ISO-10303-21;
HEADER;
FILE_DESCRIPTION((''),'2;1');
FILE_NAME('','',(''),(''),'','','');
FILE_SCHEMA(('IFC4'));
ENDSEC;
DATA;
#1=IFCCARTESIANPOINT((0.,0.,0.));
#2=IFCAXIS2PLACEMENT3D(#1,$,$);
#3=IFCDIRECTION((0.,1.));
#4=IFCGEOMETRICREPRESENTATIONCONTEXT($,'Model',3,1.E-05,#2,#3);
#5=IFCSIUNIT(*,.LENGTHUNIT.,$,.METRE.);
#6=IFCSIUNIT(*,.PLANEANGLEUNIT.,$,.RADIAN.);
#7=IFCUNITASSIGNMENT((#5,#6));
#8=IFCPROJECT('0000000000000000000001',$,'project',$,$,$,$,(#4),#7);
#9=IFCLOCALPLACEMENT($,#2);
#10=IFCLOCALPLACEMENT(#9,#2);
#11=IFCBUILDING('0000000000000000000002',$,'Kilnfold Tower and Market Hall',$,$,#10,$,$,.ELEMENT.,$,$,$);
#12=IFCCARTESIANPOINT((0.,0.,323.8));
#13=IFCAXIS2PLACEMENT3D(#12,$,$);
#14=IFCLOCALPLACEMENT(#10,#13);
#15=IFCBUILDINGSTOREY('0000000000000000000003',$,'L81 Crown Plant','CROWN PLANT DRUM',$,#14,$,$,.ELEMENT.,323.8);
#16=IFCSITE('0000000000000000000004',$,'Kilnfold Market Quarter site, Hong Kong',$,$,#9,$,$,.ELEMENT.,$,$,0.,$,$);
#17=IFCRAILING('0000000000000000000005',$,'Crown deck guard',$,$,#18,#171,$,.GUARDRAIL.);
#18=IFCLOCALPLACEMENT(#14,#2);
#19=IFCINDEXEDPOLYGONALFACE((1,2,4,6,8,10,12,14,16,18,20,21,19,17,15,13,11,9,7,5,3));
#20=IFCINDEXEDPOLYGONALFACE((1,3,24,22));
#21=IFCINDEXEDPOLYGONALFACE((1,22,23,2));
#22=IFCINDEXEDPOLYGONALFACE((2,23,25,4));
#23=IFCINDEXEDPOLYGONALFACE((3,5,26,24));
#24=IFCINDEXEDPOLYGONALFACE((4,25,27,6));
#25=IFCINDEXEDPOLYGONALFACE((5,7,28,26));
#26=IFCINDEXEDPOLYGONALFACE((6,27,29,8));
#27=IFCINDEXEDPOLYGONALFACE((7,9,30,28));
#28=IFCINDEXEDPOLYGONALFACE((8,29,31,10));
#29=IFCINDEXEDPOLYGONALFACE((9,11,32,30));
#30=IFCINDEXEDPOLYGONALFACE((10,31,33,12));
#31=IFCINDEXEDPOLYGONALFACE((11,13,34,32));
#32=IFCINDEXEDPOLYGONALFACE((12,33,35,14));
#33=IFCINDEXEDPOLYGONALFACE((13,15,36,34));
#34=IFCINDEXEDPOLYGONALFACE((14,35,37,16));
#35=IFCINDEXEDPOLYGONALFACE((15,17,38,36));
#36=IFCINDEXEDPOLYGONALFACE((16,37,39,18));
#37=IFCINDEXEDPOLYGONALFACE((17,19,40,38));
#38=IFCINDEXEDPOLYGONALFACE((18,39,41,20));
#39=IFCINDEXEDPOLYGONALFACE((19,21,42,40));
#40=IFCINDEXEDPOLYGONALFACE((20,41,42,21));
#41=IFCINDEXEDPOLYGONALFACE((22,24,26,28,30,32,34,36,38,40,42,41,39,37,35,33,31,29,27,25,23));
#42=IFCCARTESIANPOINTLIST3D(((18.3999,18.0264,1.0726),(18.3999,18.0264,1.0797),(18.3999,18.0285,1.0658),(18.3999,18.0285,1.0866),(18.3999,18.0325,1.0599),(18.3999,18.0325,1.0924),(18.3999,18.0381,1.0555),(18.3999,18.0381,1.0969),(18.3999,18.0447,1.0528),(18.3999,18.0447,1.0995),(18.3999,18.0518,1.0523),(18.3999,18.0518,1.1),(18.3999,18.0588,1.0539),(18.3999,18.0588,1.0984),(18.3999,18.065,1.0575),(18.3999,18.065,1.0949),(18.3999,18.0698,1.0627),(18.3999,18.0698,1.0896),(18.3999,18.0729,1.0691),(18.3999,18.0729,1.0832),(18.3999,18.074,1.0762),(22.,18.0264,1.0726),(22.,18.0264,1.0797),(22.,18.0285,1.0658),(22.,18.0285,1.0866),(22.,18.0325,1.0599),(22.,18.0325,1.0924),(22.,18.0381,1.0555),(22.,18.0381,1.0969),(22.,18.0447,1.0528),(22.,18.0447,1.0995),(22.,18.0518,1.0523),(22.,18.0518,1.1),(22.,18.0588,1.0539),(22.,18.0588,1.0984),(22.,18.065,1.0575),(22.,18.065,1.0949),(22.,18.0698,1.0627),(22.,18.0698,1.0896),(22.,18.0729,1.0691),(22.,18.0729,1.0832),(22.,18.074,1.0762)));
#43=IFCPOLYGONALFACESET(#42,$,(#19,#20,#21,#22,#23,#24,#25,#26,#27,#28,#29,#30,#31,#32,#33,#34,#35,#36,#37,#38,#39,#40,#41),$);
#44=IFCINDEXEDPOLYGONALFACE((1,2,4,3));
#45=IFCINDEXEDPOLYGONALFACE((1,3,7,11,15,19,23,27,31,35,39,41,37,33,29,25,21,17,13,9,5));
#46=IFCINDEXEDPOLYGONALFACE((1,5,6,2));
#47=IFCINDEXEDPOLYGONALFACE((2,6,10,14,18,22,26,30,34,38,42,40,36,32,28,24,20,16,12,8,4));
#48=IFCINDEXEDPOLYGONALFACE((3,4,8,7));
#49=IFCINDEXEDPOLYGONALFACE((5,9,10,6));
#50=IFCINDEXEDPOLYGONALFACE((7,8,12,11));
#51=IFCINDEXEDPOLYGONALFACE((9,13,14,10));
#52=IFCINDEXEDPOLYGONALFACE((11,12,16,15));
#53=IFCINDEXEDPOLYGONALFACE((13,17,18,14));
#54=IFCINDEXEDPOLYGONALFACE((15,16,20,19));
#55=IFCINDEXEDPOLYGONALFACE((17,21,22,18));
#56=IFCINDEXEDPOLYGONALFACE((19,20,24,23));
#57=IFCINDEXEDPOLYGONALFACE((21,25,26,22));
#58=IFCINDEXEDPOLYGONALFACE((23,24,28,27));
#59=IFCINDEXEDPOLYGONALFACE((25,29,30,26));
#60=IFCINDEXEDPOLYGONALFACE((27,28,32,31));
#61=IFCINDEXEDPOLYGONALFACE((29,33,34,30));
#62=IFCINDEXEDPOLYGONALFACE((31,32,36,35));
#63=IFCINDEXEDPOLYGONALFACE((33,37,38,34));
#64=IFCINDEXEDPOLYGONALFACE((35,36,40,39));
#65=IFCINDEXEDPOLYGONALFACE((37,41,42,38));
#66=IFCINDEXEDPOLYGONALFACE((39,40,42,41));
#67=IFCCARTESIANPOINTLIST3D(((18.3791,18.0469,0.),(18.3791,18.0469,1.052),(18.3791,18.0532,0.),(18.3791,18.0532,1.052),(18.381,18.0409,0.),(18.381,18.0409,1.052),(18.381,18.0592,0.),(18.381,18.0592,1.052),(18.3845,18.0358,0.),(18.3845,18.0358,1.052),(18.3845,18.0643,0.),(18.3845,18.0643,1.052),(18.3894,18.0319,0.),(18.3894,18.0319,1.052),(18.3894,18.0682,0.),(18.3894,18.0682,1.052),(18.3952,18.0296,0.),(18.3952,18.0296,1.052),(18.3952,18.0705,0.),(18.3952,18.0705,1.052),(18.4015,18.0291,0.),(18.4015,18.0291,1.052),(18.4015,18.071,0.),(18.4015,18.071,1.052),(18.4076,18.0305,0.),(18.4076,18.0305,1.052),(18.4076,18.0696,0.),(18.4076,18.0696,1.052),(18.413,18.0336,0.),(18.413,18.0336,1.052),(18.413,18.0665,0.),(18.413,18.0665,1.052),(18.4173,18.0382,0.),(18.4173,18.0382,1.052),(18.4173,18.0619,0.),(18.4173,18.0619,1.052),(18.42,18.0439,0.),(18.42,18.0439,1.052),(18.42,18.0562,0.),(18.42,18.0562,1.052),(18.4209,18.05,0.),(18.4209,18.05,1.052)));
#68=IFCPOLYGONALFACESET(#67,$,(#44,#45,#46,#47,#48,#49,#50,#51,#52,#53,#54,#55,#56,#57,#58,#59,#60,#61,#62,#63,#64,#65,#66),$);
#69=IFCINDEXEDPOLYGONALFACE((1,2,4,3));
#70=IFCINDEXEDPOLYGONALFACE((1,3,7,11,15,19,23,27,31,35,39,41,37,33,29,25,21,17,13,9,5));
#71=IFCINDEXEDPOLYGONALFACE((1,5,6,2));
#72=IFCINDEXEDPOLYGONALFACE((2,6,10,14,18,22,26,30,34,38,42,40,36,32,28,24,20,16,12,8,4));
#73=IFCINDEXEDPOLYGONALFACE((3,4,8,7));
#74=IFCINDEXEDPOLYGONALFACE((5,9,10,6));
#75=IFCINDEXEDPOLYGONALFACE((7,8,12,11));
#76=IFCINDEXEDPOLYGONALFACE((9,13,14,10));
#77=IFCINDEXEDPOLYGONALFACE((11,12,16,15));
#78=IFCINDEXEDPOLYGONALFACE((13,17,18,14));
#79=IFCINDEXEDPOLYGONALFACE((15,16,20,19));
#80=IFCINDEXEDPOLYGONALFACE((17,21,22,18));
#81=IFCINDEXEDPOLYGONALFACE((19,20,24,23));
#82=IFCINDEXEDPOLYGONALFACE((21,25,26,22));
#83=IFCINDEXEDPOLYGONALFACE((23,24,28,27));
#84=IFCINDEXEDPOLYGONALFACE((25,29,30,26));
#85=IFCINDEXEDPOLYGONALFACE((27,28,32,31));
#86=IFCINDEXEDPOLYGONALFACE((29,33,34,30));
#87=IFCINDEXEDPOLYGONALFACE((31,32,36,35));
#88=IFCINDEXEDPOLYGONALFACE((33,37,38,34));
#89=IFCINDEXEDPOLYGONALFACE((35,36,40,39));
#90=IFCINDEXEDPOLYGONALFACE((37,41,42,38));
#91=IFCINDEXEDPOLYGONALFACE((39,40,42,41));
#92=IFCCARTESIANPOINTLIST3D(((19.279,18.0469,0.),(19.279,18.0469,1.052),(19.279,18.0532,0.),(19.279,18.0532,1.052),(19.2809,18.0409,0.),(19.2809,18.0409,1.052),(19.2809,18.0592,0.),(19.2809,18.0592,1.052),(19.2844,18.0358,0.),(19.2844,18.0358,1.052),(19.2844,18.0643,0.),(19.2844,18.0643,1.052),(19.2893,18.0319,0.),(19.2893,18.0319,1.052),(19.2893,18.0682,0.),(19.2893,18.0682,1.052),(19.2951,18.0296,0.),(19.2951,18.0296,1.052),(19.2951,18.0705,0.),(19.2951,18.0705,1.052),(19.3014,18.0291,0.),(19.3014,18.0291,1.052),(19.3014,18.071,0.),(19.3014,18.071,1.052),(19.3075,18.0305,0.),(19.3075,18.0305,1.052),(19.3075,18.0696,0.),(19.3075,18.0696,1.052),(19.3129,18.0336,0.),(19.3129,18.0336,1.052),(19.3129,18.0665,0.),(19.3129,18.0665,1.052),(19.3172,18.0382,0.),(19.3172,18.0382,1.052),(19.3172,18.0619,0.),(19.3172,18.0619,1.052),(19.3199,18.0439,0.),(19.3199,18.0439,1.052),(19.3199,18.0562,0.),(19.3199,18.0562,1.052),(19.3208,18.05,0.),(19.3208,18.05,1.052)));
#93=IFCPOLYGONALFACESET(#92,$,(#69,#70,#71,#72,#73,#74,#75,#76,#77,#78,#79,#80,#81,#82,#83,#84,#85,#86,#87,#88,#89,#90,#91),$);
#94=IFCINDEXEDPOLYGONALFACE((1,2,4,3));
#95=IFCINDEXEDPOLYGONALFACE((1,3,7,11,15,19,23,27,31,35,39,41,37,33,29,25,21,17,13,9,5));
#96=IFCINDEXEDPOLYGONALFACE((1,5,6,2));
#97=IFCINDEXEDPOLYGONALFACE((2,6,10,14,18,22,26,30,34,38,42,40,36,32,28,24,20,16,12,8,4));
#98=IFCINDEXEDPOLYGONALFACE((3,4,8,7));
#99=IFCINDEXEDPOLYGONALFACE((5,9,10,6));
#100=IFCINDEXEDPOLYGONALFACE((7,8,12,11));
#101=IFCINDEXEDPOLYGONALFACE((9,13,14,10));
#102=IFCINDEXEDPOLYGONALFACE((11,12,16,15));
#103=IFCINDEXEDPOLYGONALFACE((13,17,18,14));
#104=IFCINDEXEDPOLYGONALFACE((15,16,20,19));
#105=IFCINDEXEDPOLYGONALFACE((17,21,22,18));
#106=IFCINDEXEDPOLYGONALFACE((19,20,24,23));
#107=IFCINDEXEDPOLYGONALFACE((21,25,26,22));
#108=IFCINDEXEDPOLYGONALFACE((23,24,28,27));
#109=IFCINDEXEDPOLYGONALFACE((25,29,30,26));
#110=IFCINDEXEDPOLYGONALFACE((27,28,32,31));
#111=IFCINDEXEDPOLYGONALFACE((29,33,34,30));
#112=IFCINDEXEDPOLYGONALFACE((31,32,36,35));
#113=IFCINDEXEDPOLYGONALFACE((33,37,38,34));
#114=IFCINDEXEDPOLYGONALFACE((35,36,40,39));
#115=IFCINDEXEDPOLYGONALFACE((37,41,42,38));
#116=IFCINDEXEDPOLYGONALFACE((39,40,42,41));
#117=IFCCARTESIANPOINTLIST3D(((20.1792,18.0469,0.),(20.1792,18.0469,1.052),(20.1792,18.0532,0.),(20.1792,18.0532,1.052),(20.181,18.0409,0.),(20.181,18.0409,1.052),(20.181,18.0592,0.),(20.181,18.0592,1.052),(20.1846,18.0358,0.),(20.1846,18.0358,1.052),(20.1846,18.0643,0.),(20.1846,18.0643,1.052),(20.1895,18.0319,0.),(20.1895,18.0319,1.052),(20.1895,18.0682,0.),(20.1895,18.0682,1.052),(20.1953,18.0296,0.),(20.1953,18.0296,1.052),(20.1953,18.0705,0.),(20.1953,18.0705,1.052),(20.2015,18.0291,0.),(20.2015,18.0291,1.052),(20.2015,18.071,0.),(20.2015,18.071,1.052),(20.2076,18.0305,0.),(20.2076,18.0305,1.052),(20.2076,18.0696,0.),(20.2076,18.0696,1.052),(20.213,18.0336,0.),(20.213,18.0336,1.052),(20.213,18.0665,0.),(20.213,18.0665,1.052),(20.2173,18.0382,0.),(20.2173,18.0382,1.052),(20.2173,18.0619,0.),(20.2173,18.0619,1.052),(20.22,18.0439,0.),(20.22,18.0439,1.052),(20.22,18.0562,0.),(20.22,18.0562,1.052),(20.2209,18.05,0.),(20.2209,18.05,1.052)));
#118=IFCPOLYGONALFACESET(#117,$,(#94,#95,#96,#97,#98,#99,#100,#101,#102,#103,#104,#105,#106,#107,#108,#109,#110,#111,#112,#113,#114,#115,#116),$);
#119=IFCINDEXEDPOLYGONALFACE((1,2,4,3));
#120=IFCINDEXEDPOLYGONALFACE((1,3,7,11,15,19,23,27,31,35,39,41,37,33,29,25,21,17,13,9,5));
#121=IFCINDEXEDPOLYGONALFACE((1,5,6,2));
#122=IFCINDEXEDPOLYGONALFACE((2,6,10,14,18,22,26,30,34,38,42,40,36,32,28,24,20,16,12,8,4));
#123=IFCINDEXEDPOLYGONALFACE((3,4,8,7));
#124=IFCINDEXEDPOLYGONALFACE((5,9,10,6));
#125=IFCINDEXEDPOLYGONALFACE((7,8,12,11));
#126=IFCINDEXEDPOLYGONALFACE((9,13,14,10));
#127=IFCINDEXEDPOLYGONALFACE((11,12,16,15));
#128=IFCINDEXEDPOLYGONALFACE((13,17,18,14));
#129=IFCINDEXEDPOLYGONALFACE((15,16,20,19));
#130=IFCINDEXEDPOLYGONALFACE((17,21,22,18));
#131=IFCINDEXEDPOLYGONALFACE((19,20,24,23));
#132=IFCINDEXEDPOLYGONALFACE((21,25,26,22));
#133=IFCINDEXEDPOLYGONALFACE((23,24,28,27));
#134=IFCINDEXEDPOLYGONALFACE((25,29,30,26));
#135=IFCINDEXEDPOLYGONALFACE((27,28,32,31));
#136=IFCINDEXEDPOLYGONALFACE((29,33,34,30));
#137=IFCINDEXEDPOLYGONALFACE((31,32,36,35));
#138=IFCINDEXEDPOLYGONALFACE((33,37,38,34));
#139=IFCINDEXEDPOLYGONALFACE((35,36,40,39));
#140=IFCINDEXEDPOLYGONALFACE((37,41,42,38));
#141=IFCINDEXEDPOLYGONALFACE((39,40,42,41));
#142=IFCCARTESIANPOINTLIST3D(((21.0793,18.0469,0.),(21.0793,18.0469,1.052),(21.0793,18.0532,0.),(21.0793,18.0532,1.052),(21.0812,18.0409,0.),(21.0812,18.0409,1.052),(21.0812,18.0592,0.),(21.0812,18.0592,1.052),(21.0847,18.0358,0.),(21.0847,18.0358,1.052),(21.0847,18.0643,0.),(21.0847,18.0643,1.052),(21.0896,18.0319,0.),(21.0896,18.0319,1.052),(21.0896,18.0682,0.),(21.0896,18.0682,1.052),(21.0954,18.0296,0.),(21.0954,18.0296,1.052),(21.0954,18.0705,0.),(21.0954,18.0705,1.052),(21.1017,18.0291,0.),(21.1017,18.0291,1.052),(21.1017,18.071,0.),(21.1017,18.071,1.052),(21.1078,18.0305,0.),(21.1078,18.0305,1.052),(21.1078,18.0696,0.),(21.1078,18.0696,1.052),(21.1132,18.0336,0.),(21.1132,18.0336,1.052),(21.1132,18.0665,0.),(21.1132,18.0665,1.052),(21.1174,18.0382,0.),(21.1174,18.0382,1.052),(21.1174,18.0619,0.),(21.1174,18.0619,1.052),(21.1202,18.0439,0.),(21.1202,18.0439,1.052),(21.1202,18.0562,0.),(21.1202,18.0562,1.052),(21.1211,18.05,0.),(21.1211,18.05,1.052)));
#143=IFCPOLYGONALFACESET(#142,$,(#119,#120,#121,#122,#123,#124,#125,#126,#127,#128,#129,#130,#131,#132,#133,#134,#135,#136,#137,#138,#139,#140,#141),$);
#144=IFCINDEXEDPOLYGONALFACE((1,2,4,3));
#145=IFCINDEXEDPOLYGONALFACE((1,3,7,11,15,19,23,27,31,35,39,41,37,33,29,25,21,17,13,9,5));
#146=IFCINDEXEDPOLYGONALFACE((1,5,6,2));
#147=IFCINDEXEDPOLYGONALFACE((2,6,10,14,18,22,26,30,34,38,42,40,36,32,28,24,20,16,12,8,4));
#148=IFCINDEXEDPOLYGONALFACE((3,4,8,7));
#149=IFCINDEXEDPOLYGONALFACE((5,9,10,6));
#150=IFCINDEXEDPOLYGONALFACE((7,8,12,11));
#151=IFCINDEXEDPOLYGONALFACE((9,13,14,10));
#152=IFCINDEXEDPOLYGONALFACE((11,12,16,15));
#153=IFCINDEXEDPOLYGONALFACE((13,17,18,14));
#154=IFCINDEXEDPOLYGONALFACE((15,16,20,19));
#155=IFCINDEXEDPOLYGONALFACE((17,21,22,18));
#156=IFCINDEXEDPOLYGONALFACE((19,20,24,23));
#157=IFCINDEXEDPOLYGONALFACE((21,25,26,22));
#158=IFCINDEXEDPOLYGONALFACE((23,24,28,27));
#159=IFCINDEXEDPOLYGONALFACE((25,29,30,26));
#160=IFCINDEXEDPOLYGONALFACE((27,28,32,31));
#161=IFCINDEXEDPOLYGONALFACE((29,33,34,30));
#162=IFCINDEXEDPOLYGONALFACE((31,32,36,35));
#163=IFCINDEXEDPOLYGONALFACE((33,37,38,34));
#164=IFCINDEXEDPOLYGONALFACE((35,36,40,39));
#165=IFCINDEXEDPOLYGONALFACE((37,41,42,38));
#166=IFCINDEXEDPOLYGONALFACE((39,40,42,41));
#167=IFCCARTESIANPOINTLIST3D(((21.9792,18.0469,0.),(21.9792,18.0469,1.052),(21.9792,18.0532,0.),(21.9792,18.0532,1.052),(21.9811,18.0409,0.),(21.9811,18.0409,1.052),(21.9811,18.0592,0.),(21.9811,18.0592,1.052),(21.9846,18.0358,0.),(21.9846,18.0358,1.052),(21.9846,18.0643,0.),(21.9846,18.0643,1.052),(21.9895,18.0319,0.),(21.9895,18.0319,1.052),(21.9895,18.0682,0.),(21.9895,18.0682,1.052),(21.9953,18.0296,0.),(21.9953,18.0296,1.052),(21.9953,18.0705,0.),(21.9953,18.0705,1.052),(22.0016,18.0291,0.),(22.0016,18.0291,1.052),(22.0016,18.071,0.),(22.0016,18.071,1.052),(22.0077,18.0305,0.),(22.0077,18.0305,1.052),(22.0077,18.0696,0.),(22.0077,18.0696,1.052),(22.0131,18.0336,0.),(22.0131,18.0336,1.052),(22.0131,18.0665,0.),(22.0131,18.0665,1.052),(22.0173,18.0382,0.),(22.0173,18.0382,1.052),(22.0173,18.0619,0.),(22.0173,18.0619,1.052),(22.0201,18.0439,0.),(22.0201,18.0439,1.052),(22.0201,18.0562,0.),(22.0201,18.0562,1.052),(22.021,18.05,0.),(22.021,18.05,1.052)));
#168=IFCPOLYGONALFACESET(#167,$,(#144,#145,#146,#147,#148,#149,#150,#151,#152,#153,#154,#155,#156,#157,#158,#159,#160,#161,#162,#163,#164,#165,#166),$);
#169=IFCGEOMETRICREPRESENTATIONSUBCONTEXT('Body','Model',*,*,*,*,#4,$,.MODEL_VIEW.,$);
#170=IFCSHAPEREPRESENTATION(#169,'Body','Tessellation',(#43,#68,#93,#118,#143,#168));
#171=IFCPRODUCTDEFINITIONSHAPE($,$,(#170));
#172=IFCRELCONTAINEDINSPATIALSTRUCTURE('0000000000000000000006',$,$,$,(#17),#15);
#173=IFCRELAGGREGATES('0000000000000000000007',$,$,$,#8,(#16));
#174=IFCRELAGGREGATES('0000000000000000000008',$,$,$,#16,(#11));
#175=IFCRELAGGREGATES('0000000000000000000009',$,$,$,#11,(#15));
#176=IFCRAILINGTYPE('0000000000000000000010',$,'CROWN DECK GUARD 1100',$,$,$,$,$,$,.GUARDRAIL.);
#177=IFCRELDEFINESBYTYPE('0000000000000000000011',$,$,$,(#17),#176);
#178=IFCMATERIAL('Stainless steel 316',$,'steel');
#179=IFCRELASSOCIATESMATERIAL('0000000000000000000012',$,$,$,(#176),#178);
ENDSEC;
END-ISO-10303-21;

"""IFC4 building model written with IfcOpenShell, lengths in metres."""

from ifc_helpers import new_model, si_unit, direction, frame, origin, origin_2d, place, context, subcontext, project, spatial, circle, extrude, material, type_object, element, save


model = new_model("IFC4")

# Units and contexts
model_context = context("Model", 3, precision=1e-05, world=origin(), true_north=direction((0.0, 1.0)))
body_context = subcontext(model_context, "Body", "Model", "MODEL_VIEW")
ifc_project = project(units=[si_unit("LENGTHUNIT", "METRE"), si_unit("PLANEANGLEUNIT", "RADIAN")], contexts=[model_context])

# Site, building, storey
site_placement = place(None, origin())
site = spatial("IfcSite", under=ifc_project, at=site_placement, Name="Kilnfold Market Quarter site, Hong Kong", CompositionType="ELEMENT", RefElevation=0.0)
building_placement = place(site_placement, origin())
building = spatial("IfcBuilding", under=site, at=building_placement, Name="Kilnfold Tower and Market Hall", CompositionType="ELEMENT")
storey_placement = place(building_placement, frame((0.0, 0.0, 323.8)))
storey = spatial("IfcBuildingStorey", under=building, at=storey_placement, Name="L81 Crown Plant", Description="CROWN PLANT DRUM", CompositionType="ELEMENT", Elevation=323.8)

# Railing
ifc_material_1 = material(Name="Stainless steel 316", Category="steel")
railing_type_1 = type_object("IfcRailingType", Name="CROWN DECK GUARD 1100", PredefinedType="GUARDRAIL", material=ifc_material_1)
railing_1_placement = place(storey_placement, frame((18.3999, 18.05, 0.0)))
element("IfcRailing", 1, at=railing_1_placement, inside=storey, type_object=railing_type_1, Name="Crown deck guard", PredefinedType="GUARDRAIL", context=body_context, shape_type="SweptSolid", body=[
    extrude(circle(Radius=0.0239, at=origin_2d()), frame((0.0, 0.0, 1.0762), z_axis=(1.0, 0.0, 0.0), x_axis=(0.0, 1.0, 0.0)), (0.0, 0.0, 1.0), 3.6001),
    extrude(circle(Radius=0.021, at=origin_2d()), origin(), (0.0, 0.0, 1.0), 1.052),
    extrude(circle(Radius=0.021, at=origin_2d()), frame((0.8999, 0.0, 0.0)), (0.0, 0.0, 1.0), 1.052),
    extrude(circle(Radius=0.021, at=origin_2d()), frame((1.8, 0.0, 0.0)), (0.0, 0.0, 1.0), 1.052),
    extrude(circle(Radius=0.021, at=origin_2d()), frame((2.7002, 0.0, 0.0)), (0.0, 0.0, 1.0), 1.052),
    extrude(circle(Radius=0.021, at=origin_2d()), frame((3.6001, 0.0, 0.0)), (0.0, 0.0, 1.0), 1.052),
])

save(model, "model.ifc")
